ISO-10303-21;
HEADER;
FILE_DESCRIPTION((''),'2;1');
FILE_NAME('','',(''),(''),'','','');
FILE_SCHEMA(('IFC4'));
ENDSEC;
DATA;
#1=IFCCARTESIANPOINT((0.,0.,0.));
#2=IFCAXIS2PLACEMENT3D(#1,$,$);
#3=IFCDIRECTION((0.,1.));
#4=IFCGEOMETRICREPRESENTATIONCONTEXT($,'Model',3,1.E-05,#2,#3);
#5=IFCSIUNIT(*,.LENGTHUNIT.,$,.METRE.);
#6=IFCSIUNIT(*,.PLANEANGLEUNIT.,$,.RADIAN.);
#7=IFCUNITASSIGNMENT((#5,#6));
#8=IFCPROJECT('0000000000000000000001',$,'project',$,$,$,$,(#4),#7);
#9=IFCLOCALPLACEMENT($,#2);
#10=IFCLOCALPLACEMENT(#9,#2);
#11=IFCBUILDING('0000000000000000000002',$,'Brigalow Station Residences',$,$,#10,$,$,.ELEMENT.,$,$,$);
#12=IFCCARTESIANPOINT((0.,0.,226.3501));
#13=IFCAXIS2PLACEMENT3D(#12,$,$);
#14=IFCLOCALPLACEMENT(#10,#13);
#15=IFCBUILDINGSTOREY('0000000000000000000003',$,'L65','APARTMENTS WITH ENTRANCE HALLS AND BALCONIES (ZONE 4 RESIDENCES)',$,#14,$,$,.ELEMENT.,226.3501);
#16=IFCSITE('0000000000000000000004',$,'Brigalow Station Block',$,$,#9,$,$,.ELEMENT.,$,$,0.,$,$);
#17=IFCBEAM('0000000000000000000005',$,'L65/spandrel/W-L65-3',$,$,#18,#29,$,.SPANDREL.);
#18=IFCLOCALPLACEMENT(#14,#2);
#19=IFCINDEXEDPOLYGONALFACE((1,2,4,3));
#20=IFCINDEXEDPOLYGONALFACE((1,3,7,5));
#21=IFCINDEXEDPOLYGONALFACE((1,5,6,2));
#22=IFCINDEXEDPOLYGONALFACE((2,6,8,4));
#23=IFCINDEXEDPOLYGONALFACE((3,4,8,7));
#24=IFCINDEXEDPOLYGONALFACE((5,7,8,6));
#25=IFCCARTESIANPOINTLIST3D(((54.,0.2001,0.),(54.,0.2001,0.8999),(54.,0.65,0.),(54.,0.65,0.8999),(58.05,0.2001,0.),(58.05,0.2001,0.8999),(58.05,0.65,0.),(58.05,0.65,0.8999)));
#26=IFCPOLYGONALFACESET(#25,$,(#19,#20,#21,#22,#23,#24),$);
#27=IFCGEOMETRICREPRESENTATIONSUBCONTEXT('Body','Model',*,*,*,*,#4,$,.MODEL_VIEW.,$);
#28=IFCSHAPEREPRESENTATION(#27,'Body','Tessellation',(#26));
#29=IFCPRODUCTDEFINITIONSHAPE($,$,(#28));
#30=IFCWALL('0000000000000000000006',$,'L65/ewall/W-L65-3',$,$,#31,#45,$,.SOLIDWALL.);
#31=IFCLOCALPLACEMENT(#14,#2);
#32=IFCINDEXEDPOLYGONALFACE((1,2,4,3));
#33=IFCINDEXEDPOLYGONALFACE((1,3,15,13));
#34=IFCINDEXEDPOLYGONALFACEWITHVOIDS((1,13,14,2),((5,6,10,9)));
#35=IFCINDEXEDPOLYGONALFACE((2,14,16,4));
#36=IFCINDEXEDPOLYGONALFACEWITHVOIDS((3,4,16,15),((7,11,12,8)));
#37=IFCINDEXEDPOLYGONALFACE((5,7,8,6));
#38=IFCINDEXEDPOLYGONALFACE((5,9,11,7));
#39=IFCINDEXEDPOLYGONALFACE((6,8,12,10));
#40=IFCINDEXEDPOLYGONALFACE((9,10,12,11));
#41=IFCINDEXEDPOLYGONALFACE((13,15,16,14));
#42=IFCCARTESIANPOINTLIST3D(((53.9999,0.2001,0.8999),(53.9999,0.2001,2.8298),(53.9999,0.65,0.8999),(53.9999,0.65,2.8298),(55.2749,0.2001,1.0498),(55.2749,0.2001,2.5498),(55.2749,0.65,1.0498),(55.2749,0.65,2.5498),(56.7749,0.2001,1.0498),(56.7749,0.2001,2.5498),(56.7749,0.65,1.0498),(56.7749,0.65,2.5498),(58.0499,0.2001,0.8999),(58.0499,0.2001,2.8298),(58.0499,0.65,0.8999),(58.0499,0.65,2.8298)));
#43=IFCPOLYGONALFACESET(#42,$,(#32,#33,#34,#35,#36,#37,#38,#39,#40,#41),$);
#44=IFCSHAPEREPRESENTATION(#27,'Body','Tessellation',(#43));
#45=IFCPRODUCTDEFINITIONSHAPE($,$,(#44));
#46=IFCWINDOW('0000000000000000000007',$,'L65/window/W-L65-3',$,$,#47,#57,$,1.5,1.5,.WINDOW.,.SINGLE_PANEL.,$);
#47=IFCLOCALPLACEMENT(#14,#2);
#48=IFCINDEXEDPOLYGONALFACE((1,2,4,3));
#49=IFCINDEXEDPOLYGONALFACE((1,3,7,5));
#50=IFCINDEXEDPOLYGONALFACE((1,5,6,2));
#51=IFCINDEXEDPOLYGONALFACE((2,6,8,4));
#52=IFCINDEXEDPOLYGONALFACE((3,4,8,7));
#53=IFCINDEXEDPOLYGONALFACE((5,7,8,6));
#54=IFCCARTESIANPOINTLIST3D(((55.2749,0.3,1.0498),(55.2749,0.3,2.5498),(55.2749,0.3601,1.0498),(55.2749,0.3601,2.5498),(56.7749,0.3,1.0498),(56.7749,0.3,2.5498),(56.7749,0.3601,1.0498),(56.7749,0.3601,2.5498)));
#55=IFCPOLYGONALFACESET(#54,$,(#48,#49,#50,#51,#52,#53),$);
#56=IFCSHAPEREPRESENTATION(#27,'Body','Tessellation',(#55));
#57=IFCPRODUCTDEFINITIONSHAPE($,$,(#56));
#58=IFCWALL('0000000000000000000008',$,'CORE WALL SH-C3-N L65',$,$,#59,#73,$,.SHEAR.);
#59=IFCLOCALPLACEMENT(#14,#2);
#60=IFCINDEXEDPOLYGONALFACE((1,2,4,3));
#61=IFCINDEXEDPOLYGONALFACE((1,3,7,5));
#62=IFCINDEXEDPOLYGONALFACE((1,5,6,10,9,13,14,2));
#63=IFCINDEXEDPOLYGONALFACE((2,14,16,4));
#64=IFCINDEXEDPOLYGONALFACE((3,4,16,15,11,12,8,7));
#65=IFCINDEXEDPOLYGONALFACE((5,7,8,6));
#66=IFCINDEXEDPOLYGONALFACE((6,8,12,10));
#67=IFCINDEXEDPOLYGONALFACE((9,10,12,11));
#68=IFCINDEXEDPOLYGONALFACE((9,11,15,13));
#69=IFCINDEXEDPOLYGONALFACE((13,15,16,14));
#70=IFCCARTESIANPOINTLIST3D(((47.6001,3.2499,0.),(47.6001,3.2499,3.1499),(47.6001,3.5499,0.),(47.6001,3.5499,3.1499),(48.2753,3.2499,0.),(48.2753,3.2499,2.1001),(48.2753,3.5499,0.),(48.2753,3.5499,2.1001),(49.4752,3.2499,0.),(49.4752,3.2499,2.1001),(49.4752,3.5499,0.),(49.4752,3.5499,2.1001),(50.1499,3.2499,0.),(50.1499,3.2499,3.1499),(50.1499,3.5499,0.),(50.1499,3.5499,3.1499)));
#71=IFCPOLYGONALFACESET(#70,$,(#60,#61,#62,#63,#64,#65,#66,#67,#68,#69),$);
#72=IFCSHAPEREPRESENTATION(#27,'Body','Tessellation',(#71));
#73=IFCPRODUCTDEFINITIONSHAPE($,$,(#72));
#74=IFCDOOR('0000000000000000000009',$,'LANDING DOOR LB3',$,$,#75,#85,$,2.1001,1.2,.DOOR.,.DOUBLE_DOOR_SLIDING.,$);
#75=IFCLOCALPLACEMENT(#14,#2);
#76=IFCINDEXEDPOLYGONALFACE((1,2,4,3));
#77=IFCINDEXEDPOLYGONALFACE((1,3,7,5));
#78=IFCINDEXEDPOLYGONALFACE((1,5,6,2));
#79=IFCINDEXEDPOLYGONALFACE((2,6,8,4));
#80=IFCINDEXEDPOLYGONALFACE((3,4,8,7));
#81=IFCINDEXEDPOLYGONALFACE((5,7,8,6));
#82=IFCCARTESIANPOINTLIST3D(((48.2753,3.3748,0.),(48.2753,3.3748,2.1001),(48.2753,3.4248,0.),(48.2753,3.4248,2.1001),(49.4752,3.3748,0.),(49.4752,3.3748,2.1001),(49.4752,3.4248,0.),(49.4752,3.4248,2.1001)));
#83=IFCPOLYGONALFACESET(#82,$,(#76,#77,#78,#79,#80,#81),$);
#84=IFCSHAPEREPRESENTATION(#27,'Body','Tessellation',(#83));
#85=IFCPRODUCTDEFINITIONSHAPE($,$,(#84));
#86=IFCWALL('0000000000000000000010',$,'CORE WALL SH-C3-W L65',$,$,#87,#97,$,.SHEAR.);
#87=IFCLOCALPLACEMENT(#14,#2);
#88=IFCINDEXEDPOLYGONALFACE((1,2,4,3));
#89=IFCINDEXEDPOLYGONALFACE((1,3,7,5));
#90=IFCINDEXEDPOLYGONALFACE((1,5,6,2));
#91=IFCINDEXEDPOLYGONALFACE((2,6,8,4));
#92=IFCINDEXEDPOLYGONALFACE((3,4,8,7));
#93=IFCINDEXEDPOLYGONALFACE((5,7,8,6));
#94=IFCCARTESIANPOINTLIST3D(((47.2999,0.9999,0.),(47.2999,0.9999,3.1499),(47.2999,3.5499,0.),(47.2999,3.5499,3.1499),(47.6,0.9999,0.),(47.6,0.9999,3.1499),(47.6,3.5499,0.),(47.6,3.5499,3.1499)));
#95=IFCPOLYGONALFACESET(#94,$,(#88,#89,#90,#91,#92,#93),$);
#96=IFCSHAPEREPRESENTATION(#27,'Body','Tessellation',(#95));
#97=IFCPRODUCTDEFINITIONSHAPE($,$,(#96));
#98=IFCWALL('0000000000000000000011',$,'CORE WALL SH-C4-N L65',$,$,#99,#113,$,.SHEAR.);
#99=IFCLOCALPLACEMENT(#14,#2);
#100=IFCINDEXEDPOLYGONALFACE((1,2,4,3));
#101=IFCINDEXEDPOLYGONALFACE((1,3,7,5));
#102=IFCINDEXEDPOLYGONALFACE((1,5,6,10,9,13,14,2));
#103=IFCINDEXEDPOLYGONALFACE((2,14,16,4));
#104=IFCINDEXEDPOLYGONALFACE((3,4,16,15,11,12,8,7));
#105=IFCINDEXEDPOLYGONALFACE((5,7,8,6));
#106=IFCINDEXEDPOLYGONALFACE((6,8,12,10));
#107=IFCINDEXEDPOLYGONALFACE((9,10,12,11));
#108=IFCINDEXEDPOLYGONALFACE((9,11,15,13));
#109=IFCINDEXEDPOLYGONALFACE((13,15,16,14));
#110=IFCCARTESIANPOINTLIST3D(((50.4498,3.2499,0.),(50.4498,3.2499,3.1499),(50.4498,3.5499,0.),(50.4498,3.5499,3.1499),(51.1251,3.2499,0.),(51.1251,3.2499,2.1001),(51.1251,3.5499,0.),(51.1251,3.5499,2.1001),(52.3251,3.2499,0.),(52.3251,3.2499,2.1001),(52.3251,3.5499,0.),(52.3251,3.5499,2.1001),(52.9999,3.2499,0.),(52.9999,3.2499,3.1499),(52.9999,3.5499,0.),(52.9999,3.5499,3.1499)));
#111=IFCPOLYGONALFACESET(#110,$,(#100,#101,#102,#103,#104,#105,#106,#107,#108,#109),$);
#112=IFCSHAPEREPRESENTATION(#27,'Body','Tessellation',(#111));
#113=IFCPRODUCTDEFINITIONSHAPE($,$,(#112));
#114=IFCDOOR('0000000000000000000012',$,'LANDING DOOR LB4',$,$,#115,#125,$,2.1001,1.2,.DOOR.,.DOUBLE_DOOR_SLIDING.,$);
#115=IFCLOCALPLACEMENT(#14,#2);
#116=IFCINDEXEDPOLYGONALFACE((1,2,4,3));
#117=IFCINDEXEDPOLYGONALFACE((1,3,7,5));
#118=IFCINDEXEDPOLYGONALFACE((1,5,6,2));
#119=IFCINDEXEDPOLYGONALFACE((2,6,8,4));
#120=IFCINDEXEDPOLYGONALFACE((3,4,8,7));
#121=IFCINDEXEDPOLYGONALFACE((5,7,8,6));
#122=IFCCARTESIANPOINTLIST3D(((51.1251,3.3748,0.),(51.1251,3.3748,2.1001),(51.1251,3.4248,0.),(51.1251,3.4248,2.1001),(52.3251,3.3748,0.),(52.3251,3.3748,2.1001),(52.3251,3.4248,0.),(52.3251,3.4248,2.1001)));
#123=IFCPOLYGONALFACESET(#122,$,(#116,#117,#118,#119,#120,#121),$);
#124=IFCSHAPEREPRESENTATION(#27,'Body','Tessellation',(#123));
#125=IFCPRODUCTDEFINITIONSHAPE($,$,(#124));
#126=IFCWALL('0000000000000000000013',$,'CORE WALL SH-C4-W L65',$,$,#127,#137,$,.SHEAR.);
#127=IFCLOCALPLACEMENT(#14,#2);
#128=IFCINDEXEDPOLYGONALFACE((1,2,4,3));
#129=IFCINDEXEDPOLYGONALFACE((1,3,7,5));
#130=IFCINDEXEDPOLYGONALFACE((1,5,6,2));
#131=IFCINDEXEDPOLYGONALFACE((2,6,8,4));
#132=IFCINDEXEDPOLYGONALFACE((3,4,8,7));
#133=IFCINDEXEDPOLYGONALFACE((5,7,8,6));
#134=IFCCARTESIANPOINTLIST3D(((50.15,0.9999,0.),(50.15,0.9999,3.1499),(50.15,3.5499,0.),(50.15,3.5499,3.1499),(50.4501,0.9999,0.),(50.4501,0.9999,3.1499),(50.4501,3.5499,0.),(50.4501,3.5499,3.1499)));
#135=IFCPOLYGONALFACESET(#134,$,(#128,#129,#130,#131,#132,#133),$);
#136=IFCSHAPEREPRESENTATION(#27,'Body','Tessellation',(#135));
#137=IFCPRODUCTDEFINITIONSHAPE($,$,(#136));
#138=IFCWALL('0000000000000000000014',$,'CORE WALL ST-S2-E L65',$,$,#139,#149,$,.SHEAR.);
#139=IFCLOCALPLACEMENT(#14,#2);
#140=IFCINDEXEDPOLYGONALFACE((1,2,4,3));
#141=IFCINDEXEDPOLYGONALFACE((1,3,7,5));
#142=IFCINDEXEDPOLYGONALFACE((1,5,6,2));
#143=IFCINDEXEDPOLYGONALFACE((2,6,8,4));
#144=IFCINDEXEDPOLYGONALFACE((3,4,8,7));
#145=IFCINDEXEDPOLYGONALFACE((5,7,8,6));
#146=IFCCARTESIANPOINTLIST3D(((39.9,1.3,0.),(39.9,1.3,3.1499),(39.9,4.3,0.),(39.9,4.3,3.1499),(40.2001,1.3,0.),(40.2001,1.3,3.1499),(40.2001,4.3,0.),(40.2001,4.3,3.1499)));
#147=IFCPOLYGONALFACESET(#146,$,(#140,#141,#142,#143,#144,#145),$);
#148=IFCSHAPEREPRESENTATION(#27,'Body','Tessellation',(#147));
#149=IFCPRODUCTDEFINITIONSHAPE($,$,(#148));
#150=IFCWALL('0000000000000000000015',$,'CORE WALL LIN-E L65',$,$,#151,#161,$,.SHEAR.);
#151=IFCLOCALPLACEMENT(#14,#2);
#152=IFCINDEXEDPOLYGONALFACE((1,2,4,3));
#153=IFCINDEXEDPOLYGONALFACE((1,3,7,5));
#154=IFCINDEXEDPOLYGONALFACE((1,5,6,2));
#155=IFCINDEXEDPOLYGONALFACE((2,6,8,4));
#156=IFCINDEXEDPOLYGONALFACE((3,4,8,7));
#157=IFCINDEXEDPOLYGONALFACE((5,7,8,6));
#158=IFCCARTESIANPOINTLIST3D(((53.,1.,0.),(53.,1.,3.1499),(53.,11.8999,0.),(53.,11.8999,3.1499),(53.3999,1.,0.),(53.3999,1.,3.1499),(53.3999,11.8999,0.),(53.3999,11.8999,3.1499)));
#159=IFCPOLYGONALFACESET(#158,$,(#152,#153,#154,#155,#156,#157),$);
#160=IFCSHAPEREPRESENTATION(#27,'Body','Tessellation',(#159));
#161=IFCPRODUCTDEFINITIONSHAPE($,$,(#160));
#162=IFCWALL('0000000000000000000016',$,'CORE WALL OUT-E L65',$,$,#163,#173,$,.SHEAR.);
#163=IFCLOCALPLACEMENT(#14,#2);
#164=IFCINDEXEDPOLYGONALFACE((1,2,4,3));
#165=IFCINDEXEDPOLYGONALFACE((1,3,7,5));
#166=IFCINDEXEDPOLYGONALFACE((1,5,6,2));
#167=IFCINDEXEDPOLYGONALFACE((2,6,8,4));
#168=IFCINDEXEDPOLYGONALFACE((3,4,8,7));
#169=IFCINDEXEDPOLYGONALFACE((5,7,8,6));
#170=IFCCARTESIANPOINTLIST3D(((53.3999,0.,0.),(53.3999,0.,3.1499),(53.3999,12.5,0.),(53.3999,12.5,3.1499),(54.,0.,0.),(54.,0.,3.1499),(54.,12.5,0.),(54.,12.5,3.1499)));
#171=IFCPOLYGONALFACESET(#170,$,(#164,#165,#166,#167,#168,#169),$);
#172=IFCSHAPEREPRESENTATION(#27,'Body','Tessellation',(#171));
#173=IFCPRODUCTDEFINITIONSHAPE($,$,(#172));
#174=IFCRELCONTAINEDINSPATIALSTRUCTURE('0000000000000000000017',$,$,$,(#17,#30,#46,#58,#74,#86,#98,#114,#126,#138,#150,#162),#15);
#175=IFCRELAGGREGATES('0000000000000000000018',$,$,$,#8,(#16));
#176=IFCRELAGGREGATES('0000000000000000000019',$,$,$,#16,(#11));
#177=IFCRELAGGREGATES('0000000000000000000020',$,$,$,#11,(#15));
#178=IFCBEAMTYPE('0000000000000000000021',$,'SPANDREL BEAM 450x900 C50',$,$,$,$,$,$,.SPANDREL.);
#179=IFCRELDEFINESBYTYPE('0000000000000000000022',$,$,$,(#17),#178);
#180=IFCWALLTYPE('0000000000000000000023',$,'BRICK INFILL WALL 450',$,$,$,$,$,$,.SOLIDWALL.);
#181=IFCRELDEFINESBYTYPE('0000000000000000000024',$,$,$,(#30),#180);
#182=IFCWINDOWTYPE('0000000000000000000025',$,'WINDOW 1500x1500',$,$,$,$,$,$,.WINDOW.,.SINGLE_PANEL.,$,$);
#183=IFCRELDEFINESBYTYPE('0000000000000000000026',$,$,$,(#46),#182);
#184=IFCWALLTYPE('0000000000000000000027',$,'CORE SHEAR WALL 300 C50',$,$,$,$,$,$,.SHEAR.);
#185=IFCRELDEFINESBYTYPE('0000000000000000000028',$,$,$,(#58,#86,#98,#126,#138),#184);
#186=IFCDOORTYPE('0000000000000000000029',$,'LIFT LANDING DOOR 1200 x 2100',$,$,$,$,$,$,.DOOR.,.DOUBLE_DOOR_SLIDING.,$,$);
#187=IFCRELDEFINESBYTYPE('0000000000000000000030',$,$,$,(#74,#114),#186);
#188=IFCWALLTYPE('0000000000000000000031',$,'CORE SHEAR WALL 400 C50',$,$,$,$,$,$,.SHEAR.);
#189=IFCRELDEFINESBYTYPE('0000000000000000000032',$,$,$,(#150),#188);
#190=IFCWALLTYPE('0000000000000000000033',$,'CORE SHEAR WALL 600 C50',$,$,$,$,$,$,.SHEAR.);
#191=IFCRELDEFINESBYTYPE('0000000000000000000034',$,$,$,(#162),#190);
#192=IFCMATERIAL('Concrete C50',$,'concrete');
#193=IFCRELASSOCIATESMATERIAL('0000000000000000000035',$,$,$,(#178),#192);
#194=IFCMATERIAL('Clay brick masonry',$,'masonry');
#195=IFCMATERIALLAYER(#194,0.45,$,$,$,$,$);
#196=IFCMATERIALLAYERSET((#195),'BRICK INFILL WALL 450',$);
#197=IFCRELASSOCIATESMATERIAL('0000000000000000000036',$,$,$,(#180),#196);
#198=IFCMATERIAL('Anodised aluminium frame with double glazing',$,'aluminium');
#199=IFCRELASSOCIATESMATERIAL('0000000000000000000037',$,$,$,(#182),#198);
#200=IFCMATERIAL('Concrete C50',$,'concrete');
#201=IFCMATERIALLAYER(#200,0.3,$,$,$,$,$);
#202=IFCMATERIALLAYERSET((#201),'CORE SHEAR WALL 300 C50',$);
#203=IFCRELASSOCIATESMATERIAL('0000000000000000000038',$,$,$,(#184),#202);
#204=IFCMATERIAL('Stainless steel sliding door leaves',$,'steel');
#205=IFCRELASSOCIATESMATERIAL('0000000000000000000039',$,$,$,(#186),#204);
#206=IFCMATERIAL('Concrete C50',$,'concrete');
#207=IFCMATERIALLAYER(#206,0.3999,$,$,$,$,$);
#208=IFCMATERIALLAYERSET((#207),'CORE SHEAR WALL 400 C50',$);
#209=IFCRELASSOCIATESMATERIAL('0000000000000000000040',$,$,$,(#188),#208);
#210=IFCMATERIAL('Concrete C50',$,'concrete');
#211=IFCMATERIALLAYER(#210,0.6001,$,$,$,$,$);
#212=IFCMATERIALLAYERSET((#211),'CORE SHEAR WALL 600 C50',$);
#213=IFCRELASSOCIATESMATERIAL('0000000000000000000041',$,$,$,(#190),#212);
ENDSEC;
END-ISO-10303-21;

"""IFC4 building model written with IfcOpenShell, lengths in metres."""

from ifc_helpers import new_model, si_unit, direction, frame, frame_2d, origin, origin_2d, place, context, subcontext, project, spatial, rectangle, extrude, material, layer, layer_set, material_profile, profile_set, type_object, element, fill, save


model = new_model("IFC4")

# Units and contexts
model_context = context("Model", 3, precision=1e-05, world=origin(), true_north=direction((0.0, 1.0)))
body_context = subcontext(model_context, "Body", "Model", "MODEL_VIEW")
ifc_project = project(units=[si_unit("LENGTHUNIT", "METRE"), si_unit("PLANEANGLEUNIT", "RADIAN")], contexts=[model_context])

# Site, building, storey
site_placement = place(None, origin())
site = spatial("IfcSite", under=ifc_project, at=site_placement, Name="Brigalow Station Block", CompositionType="ELEMENT", RefElevation=0.0)
building_placement = place(site_placement, origin())
building = spatial("IfcBuilding", under=site, at=building_placement, Name="Brigalow Station Residences", CompositionType="ELEMENT")
storey_placement = place(building_placement, frame((0.0, 0.0, 226.3501)))
storey = spatial("IfcBuildingStorey", under=building, at=storey_placement, Name="L65", Description="APARTMENTS WITH ENTRANCE HALLS AND BALCONIES (ZONE 4 RESIDENCES)", CompositionType="ELEMENT", Elevation=226.3501)

# Beam
ifc_material_1 = material(Name="Concrete C50", Category="concrete")
ifc_material_profile = material_profile(ifc_material_1, rectangle(XDim=0.45, YDim=0.8999, at=origin_2d()), Name="RC450x900")
ifc_profile_set = profile_set([ifc_material_profile], Name="Concrete C50")
beam_type = type_object("IfcBeamType", Name="SPANDREL BEAM 450x900 C50", PredefinedType="SPANDREL", material=ifc_profile_set)
beam_placement = place(storey_placement, frame((54.0, 0.425, 0.45), z_axis=(1.0, 0.0, 0.0), x_axis=(0.0, 1.0, 0.0)))
element("IfcBeam", 1, at=beam_placement, inside=storey, type_object=beam_type, Name="L65/spandrel/W-L65-3", PredefinedType="SPANDREL", context=body_context, shape_type="SweptSolid", body=[
    extrude(rectangle(XDim=0.45, YDim=0.8999, at=origin_2d()), origin(), (0.0, 0.0, 1.0), 4.05),
])

# Wall, opening, window
ifc_material_2 = material(Name="Clay brick masonry", Category="masonry")
ifc_layer_1 = layer(ifc_material_2, 0.45)
ifc_layer_set_1 = layer_set([ifc_layer_1], Name="BRICK INFILL WALL 450")
wall_type_1 = type_object("IfcWallType", Name="BRICK INFILL WALL 450", PredefinedType="SOLIDWALL", material=ifc_layer_set_1)
wall_1_placement = place(storey_placement, frame((54.0, 0.425, 0.8999), z_axis=(0.0, 0.0, 1.0), x_axis=(1.0, 0.0, 0.0)))
wall_1 = element("IfcWall", 2, at=wall_1_placement, inside=storey, type_object=wall_type_1, Name="L65/ewall/W-L65-3", PredefinedType="SOLIDWALL", context=body_context, shape_type="SweptSolid", body=[
    extrude(rectangle(XDim=4.05, YDim=0.45, at=frame_2d((2.0249, 0.0))), origin(), (0.0, 0.0, 1.0), 1.9299),
])
opening_1_placement = place(wall_1_placement, frame((1.2749, 0.0, 0.1499)))
opening_1 = element("IfcOpeningElement", 3, at=opening_1_placement, cuts=wall_1, PredefinedType="OPENING", context=body_context, shape_type="SweptSolid", body=[
    extrude(rectangle(XDim=1.5, YDim=1.5, at=frame_2d((0.75, 0.75))), frame((0.0, 0.2349, 0.0), z_axis=(0.0, -1.0, 0.0), x_axis=(1.0, 0.0, 0.0)), (0.0, 0.0, 1.0), 0.47),
])
ifc_material_3 = material(Name="Anodised aluminium frame with double glazing", Category="aluminium")
window_type = type_object("IfcWindowType", Name="WINDOW 1500x1500", PartitioningType="SINGLE_PANEL", PredefinedType="WINDOW", material=ifc_material_3)
window_placement = place(opening_1_placement, origin())
window = element("IfcWindow", 4, at=window_placement, inside=storey, type_object=window_type, Name="L65/window/W-L65-3", OverallHeight=1.5, OverallWidth=1.5, PartitioningType="SINGLE_PANEL", PredefinedType="WINDOW", context=body_context, shape_type="SweptSolid", body=[
    extrude(rectangle(XDim=1.5, YDim=1.5, at=frame_2d((0.75, 0.75))), frame((0.0, -0.0649, 0.0), z_axis=(0.0, -1.0, 0.0), x_axis=(1.0, 0.0, 0.0)), (0.0, 0.0, 1.0), 0.0601),
])
fill(opening_1, window)

# Wall, opening, door
ifc_material_4 = material(Name="Concrete C50", Category="concrete")
ifc_layer_2 = layer(ifc_material_4, 0.3)
ifc_layer_set_2 = layer_set([ifc_layer_2], Name="CORE SHEAR WALL 300 C50")
wall_type_2 = type_object("IfcWallType", Name="CORE SHEAR WALL 300 C50", PredefinedType="SHEAR", material=ifc_layer_set_2)
wall_2_placement = place(storey_placement, frame((47.6001, 3.3999, 0.0), z_axis=(0.0, 0.0, 1.0), x_axis=(1.0, 0.0, 0.0)))
wall_2 = element("IfcWall", 5, at=wall_2_placement, inside=storey, type_object=wall_type_2, Name="CORE WALL SH-C3-N L65", PredefinedType="SHEAR", context=body_context, shape_type="SweptSolid", body=[
    extrude(rectangle(XDim=2.5498, YDim=0.3, at=frame_2d((1.2749, 0.0))), origin(), (0.0, 0.0, 1.0), 3.1499),
])
opening_2_placement = place(wall_2_placement, frame((0.675, 0.0, 0.0)))
opening_2 = element("IfcOpeningElement", 6, at=opening_2_placement, cuts=wall_2, PredefinedType="OPENING", context=body_context, shape_type="SweptSolid", body=[
    extrude(rectangle(XDim=1.2, YDim=2.1001, at=frame_2d((0.6001, 1.05))), frame((0.0, 0.1602, 0.0), z_axis=(0.0, -1.0, 0.0), x_axis=(1.0, 0.0, 0.0)), (0.0, 0.0, 1.0), 0.3201),
])
ifc_material_5 = material(Name="Stainless steel sliding door leaves", Category="steel")
door_type = type_object("IfcDoorType", Name="LIFT LANDING DOOR 1200 x 2100", OperationType="DOUBLE_DOOR_SLIDING", PredefinedType="DOOR", material=ifc_material_5)
door_1_placement = place(opening_2_placement, origin())
door_1 = element("IfcDoor", 7, at=door_1_placement, inside=storey, type_object=door_type, Name="LANDING DOOR LB3", OperationType="DOUBLE_DOOR_SLIDING", OverallHeight=2.1001, OverallWidth=1.2, PredefinedType="DOOR", context=body_context, shape_type="SweptSolid", body=[
    extrude(rectangle(XDim=1.2, YDim=2.1001, at=frame_2d((0.6001, 1.05))), frame((0.0, 0.0249, 0.0), z_axis=(0.0, -1.0, 0.0), x_axis=(1.0, 0.0, 0.0)), (0.0, 0.0, 1.0), 0.05),
])
fill(opening_2, door_1)

# Wall
wall_3_placement = place(storey_placement, frame((47.45, 1.0, 0.0), z_axis=(0.0, 0.0, 1.0), x_axis=(0.0, 1.0, 0.0)))
element("IfcWall", 8, at=wall_3_placement, inside=storey, type_object=wall_type_2, Name="CORE WALL SH-C3-W L65", PredefinedType="SHEAR", context=body_context, shape_type="SweptSolid", body=[
    extrude(rectangle(XDim=2.55, YDim=0.3, at=frame_2d((1.2749, 0.0))), origin(), (0.0, 0.0, 1.0), 3.1499),
])

# Wall, opening, door
wall_4_placement = place(storey_placement, frame((50.45, 3.3999, 0.0), z_axis=(0.0, 0.0, 1.0), x_axis=(1.0, 0.0, 0.0)))
wall_4 = element("IfcWall", 9, at=wall_4_placement, inside=storey, type_object=wall_type_2, Name="CORE WALL SH-C4-N L65", PredefinedType="SHEAR", context=body_context, shape_type="SweptSolid", body=[
    extrude(rectangle(XDim=2.55, YDim=0.3, at=frame_2d((1.2749, 0.0))), origin(), (0.0, 0.0, 1.0), 3.1499),
])
opening_3_placement = place(wall_4_placement, frame((0.675, 0.0, 0.0)))
opening_3 = element("IfcOpeningElement", 10, at=opening_3_placement, cuts=wall_4, PredefinedType="OPENING", context=body_context, shape_type="SweptSolid", body=[
    extrude(rectangle(XDim=1.2, YDim=2.1001, at=frame_2d((0.6001, 1.05))), frame((0.0, 0.1602, 0.0), z_axis=(0.0, -1.0, 0.0), x_axis=(1.0, 0.0, 0.0)), (0.0, 0.0, 1.0), 0.3201),
])
door_2_placement = place(opening_3_placement, origin())
door_2 = element("IfcDoor", 11, at=door_2_placement, inside=storey, type_object=door_type, Name="LANDING DOOR LB4", OperationType="DOUBLE_DOOR_SLIDING", OverallHeight=2.1001, OverallWidth=1.2, PredefinedType="DOOR", context=body_context, shape_type="SweptSolid", body=[
    extrude(rectangle(XDim=1.2, YDim=2.1001, at=frame_2d((0.6001, 1.05))), frame((0.0, 0.0249, 0.0), z_axis=(0.0, -1.0, 0.0), x_axis=(1.0, 0.0, 0.0)), (0.0, 0.0, 1.0), 0.05),
])
fill(opening_3, door_2)

# Walls
wall_5_placement = place(storey_placement, frame((50.3, 1.0, 0.0), z_axis=(0.0, 0.0, 1.0), x_axis=(0.0, 1.0, 0.0)))
element("IfcWall", 12, at=wall_5_placement, inside=storey, type_object=wall_type_2, Name="CORE WALL SH-C4-W L65", PredefinedType="SHEAR", context=body_context, shape_type="SweptSolid", body=[
    extrude(rectangle(XDim=2.55, YDim=0.3, at=frame_2d((1.2749, 0.0))), origin(), (0.0, 0.0, 1.0), 3.1499),
])
wall_6_placement = place(storey_placement, frame((40.05, 1.3, 0.0), z_axis=(0.0, 0.0, 1.0), x_axis=(0.0, 1.0, 0.0)))
element("IfcWall", 13, at=wall_6_placement, inside=storey, type_object=wall_type_2, Name="CORE WALL ST-S2-E L65", PredefinedType="SHEAR", context=body_context, shape_type="SweptSolid", body=[
    extrude(rectangle(XDim=3.0, YDim=0.3, at=frame_2d((1.5, 0.0))), origin(), (0.0, 0.0, 1.0), 3.1499),
])
ifc_material_6 = material(Name="Concrete C50", Category="concrete")
ifc_layer_3 = layer(ifc_material_6, 0.3999)
ifc_layer_set_3 = layer_set([ifc_layer_3], Name="CORE SHEAR WALL 400 C50")
wall_type_3 = type_object("IfcWallType", Name="CORE SHEAR WALL 400 C50", PredefinedType="SHEAR", material=ifc_layer_set_3)
wall_7_placement = place(storey_placement, frame((53.2, 1.0, 0.0), z_axis=(0.0, 0.0, 1.0), x_axis=(0.0, 1.0, 0.0)))
element("IfcWall", 14, at=wall_7_placement, inside=storey, type_object=wall_type_3, Name="CORE WALL LIN-E L65", PredefinedType="SHEAR", context=body_context, shape_type="SweptSolid", body=[
    extrude(rectangle(XDim=10.8999, YDim=0.3999, at=frame_2d((5.45, 0.0))), origin(), (0.0, 0.0, 1.0), 3.1499),
])
ifc_material_7 = material(Name="Concrete C50", Category="concrete")
ifc_layer_4 = layer(ifc_material_7, 0.6001)
ifc_layer_set_4 = layer_set([ifc_layer_4], Name="CORE SHEAR WALL 600 C50")
wall_type_4 = type_object("IfcWallType", Name="CORE SHEAR WALL 600 C50", PredefinedType="SHEAR", material=ifc_layer_set_4)
wall_8_placement = place(storey_placement, frame((53.7, 0.0, 0.0), z_axis=(0.0, 0.0, 1.0), x_axis=(0.0, 1.0, 0.0)))
element("IfcWall", 15, at=wall_8_placement, inside=storey, type_object=wall_type_4, Name="CORE WALL OUT-E L65", PredefinedType="SHEAR", context=body_context, shape_type="SweptSolid", body=[
    extrude(rectangle(XDim=12.5, YDim=0.6001, at=frame_2d((6.25, 0.0))), origin(), (0.0, 0.0, 1.0), 3.1499),
])

save(model, "model.ifc")
